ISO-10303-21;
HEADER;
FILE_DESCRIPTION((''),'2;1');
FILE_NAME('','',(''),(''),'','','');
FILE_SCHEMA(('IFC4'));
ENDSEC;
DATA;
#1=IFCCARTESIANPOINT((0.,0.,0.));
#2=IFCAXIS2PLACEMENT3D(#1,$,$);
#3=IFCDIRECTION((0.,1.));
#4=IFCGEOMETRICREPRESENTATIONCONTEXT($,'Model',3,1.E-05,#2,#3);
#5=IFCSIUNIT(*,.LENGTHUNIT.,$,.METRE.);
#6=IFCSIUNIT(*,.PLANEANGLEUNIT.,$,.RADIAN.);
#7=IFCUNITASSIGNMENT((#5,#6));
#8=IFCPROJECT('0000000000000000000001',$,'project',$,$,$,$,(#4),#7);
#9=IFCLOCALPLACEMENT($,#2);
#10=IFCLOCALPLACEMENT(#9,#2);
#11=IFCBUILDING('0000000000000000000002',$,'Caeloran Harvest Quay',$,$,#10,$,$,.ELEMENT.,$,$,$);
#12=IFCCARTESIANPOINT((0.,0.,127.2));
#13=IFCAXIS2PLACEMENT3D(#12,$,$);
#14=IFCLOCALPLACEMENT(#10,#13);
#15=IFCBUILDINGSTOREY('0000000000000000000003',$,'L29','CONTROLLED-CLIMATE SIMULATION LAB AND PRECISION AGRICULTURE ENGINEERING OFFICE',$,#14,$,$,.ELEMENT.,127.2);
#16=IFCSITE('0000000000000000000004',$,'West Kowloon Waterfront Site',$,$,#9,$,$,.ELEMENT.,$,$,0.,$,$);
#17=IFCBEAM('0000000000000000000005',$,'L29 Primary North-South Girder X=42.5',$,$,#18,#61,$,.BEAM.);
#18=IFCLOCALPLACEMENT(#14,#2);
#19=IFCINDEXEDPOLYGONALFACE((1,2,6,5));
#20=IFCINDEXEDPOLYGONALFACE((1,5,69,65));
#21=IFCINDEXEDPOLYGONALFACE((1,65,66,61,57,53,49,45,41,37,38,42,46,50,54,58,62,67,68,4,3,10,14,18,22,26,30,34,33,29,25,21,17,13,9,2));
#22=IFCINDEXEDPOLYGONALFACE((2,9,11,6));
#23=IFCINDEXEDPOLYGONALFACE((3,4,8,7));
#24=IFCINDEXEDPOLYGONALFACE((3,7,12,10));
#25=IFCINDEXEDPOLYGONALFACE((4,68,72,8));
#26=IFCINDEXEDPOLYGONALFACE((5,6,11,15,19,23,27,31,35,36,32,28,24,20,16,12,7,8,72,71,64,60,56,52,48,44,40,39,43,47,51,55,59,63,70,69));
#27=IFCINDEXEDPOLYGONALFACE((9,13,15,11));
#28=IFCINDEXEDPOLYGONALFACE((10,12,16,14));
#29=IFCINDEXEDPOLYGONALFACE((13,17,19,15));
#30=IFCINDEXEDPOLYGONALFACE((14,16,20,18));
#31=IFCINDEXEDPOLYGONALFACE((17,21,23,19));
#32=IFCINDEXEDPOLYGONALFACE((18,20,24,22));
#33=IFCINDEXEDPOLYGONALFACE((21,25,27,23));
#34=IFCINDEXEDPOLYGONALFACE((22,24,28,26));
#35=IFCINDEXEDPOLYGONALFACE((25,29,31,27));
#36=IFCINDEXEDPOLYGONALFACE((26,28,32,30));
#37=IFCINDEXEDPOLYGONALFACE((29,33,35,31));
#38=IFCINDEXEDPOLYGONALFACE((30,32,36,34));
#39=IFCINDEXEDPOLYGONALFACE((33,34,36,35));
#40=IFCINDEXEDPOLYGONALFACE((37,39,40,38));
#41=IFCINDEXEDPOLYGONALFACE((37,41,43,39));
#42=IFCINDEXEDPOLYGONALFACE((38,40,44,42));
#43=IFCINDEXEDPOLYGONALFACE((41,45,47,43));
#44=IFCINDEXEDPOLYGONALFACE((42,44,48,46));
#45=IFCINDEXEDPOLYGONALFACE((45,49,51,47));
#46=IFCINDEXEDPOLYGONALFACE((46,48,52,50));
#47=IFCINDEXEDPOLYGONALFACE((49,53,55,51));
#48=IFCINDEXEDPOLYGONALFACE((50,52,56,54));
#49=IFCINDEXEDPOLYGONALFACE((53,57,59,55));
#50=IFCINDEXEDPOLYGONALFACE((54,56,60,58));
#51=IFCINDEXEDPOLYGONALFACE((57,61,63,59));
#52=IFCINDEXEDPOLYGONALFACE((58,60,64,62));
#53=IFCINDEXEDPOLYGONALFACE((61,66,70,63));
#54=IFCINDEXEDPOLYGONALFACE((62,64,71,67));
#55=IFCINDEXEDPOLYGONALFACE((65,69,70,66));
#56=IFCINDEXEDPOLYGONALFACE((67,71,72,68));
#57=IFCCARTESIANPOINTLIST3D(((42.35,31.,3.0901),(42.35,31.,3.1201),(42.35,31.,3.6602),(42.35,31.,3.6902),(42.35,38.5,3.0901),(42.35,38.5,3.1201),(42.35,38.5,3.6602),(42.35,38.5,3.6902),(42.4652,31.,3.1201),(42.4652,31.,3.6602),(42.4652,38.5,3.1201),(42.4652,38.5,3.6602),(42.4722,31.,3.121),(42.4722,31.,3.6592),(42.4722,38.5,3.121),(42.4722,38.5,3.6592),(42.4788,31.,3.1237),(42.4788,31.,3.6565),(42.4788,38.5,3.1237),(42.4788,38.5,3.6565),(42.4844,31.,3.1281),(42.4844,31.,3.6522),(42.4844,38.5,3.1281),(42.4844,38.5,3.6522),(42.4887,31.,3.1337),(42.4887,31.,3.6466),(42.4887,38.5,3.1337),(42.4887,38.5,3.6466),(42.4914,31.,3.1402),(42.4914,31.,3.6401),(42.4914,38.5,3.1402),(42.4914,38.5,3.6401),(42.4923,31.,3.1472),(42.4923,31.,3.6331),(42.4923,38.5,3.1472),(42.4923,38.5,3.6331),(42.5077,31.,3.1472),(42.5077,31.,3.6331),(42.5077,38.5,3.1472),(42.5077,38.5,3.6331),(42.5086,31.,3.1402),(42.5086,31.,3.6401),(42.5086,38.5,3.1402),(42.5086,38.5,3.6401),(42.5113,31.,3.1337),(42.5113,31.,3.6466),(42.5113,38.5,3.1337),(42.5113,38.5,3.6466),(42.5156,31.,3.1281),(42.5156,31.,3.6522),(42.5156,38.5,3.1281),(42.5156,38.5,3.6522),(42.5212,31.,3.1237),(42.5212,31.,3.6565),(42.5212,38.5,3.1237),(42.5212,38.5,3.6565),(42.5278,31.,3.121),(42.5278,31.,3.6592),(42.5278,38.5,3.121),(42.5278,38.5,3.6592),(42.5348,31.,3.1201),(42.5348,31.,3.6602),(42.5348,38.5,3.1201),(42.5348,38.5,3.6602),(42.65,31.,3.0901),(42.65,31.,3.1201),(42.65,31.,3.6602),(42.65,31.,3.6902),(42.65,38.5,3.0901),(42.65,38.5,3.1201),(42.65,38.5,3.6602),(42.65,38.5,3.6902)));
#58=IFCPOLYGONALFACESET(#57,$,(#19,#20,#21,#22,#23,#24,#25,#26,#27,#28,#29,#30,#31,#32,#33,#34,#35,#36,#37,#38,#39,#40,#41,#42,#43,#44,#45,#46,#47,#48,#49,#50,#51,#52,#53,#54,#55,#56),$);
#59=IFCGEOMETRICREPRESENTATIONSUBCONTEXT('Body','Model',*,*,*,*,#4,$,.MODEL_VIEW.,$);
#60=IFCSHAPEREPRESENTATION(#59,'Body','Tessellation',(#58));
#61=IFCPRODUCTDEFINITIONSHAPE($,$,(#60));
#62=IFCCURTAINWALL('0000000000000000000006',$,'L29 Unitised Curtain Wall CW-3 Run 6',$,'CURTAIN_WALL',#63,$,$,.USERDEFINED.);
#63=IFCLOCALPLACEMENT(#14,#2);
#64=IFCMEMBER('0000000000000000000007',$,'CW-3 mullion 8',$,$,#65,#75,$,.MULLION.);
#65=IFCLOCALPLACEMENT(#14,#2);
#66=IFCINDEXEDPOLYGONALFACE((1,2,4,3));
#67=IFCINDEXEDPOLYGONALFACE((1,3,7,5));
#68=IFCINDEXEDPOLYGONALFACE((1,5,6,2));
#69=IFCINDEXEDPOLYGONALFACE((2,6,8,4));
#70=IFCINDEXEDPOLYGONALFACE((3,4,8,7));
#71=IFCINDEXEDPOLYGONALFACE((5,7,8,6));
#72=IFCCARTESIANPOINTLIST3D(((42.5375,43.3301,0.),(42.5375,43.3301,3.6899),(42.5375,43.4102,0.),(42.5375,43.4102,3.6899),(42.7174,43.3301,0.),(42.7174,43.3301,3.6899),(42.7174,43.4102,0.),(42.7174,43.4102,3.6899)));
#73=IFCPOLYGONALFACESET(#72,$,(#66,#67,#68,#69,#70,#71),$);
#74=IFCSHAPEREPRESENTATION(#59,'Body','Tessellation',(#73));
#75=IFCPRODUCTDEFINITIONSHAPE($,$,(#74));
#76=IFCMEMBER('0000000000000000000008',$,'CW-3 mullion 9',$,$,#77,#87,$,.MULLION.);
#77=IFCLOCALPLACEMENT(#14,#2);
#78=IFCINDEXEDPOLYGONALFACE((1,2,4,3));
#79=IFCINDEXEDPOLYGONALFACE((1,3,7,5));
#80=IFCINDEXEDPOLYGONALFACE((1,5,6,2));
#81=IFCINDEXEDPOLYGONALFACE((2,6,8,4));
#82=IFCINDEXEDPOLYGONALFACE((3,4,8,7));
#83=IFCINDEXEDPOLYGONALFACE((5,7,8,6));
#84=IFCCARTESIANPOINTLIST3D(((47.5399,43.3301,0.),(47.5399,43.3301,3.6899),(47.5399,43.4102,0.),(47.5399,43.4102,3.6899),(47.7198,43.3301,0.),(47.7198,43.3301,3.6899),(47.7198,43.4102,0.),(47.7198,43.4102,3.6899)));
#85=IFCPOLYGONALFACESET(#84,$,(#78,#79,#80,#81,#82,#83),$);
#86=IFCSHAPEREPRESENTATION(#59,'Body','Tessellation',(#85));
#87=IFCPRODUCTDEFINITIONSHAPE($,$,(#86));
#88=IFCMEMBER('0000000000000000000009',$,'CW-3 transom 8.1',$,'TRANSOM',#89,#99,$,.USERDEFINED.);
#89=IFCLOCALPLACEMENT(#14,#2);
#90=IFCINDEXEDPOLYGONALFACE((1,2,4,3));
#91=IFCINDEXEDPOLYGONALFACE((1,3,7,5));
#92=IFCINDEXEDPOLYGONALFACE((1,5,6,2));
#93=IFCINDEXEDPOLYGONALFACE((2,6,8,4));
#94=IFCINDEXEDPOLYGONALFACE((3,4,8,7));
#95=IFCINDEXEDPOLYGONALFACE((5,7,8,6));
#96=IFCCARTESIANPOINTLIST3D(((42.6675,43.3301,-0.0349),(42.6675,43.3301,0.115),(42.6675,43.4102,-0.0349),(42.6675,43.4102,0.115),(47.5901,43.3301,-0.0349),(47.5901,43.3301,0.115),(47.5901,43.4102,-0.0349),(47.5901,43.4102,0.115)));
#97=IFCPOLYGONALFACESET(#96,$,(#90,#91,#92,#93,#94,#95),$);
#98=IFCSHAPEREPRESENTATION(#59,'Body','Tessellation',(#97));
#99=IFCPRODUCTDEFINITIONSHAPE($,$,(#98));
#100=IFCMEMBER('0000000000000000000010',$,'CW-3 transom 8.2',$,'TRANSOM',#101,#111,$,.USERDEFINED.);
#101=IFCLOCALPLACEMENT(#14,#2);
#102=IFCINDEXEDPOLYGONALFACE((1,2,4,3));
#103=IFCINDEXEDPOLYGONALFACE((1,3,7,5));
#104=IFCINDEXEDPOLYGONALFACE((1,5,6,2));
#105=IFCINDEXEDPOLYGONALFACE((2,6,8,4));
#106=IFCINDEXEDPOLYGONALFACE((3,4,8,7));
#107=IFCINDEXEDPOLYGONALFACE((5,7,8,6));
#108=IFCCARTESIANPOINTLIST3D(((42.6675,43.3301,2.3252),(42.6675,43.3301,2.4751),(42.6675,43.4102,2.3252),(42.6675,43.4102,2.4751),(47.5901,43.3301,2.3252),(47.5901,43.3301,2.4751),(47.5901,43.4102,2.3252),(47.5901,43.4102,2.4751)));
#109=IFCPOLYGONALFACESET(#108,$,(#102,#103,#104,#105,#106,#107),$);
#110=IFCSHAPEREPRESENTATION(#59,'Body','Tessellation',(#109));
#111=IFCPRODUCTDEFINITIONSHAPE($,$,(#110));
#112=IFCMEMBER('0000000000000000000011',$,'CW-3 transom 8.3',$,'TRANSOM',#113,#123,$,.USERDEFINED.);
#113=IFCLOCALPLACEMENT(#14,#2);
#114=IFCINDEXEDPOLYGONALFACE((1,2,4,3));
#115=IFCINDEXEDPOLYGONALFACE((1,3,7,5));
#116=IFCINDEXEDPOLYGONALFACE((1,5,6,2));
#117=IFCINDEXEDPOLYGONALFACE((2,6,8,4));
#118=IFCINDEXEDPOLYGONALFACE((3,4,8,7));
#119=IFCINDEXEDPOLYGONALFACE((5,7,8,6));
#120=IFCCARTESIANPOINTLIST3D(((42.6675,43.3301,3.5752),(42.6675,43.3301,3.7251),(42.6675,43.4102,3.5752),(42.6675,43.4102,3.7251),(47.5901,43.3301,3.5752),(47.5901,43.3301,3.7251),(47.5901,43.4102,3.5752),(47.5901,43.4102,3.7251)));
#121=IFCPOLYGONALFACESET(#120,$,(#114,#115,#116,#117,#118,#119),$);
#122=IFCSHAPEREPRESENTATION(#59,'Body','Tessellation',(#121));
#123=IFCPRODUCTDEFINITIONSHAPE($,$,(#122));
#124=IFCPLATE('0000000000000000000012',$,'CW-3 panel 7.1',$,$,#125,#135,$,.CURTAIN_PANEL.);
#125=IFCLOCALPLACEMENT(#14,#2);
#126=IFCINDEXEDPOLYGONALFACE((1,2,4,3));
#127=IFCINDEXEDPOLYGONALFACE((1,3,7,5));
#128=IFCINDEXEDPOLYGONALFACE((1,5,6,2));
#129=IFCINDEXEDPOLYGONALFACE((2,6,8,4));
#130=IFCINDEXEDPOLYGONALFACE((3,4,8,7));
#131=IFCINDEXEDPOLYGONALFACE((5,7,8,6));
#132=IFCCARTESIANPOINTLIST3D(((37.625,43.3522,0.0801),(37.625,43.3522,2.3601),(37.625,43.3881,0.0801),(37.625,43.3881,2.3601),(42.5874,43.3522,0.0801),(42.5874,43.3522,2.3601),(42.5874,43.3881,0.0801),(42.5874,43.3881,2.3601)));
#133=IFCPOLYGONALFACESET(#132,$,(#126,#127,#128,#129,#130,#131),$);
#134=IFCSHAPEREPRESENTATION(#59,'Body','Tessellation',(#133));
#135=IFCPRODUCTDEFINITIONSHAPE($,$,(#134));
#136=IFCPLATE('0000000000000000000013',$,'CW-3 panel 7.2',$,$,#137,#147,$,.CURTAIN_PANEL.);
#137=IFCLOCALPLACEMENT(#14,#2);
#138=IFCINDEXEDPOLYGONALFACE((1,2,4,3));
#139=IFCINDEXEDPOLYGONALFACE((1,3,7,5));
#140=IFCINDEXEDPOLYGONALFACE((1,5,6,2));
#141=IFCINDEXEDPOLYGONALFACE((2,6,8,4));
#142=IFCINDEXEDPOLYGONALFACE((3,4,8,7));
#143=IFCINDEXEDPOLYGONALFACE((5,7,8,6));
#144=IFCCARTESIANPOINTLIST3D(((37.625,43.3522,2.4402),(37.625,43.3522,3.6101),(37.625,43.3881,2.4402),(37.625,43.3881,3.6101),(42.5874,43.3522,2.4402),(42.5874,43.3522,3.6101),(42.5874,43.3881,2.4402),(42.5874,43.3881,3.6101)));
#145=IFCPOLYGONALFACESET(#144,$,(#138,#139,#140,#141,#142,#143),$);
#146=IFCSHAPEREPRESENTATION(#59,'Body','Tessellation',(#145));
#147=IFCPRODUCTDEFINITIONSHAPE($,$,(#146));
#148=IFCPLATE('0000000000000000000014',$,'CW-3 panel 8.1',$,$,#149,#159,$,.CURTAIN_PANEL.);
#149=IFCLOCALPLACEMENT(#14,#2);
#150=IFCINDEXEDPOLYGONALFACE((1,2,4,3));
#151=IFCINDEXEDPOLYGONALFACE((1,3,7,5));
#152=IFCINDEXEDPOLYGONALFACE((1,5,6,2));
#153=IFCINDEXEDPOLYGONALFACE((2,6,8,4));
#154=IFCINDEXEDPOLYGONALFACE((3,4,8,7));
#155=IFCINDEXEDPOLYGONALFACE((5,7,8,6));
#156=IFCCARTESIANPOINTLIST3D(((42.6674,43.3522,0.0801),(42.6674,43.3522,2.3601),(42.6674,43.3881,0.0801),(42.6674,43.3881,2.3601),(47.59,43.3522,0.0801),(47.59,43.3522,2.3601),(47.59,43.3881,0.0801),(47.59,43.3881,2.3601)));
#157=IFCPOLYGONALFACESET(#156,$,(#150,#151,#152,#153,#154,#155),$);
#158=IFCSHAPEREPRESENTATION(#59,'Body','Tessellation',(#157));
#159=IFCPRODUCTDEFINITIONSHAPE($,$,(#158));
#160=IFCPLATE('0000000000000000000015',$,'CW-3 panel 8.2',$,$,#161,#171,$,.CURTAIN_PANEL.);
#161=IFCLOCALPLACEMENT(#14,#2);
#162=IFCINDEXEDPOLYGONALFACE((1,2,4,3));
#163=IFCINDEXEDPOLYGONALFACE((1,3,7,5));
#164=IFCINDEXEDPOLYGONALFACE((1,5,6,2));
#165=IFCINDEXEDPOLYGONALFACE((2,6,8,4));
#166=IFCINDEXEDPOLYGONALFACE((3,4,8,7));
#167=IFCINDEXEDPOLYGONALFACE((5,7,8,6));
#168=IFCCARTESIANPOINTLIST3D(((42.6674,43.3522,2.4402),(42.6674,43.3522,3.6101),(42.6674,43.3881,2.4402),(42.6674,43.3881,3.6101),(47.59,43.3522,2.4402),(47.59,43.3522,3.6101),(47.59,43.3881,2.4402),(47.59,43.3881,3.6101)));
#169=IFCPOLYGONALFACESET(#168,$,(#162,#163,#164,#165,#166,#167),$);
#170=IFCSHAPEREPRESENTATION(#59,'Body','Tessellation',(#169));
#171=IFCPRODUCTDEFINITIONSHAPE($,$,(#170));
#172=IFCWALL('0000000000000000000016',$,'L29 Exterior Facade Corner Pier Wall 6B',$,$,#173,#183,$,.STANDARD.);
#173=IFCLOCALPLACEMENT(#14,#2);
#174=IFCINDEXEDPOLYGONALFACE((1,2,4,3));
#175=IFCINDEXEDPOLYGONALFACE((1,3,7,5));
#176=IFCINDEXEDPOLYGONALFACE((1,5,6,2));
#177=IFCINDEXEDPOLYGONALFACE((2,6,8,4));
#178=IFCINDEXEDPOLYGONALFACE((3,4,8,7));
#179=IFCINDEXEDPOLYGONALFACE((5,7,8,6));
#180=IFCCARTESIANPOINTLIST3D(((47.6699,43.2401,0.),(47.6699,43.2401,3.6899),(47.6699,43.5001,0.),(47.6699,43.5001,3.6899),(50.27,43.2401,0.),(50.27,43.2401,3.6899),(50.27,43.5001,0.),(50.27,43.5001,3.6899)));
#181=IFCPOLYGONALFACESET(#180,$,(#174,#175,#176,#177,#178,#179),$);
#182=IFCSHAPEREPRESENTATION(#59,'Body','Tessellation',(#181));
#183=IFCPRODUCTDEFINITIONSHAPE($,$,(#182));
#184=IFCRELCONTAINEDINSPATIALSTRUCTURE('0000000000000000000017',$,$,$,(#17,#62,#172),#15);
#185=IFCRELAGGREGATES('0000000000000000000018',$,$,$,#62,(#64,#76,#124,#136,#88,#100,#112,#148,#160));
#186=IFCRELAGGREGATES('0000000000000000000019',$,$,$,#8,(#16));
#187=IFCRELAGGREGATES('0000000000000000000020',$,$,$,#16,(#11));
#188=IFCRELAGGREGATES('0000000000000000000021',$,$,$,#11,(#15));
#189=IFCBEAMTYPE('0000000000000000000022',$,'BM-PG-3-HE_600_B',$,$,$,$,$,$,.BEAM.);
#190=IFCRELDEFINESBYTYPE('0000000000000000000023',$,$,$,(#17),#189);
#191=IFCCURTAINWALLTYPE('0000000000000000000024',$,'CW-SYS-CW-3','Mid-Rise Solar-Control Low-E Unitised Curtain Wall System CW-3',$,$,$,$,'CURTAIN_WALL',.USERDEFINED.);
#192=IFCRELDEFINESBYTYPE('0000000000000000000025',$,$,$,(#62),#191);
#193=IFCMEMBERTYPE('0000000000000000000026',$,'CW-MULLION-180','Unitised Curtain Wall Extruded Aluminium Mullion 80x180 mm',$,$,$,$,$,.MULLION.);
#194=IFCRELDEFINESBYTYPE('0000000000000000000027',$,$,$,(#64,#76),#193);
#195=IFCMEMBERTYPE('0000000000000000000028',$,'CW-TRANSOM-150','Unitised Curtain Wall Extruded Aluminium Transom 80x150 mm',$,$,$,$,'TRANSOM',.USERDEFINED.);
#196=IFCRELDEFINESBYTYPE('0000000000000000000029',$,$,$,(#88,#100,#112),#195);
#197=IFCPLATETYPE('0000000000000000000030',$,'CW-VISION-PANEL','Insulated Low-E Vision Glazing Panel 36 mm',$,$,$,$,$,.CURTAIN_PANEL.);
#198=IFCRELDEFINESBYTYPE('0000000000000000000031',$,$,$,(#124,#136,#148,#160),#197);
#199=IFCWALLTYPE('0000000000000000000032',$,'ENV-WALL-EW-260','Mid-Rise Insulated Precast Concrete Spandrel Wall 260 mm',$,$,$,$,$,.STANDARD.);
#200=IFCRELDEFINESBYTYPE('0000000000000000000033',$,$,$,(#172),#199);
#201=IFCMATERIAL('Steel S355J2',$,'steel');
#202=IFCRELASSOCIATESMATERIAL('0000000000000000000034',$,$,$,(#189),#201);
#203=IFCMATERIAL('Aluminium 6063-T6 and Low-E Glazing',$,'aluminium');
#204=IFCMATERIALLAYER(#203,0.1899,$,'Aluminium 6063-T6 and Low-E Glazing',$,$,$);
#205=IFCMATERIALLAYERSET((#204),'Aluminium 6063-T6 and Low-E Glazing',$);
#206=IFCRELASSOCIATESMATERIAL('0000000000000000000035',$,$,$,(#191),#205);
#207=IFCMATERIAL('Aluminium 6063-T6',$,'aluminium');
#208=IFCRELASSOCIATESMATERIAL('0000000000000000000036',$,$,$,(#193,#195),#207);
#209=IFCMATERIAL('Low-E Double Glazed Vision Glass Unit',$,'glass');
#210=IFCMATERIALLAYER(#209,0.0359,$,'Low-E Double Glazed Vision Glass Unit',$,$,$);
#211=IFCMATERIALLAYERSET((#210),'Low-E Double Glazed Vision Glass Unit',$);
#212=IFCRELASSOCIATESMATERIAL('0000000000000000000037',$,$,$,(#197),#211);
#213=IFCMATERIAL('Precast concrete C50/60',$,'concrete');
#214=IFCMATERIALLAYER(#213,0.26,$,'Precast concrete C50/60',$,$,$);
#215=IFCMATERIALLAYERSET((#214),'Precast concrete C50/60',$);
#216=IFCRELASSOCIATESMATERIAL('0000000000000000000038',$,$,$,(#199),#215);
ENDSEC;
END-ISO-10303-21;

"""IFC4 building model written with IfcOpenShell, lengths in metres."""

from ifc_helpers import new_model, si_unit, direction, frame, frame_2d, origin, origin_2d, place, context, subcontext, project, spatial, rectangle, i_section, extrude, material, layer, layer_set, material_profile, profile_set, type_object, element, aggregate, save


model = new_model("IFC4")

# Units and contexts
model_context = context("Model", 3, precision=1e-05, world=origin(), true_north=direction((0.0, 1.0)))
body_context = subcontext(model_context, "Body", "Model", "MODEL_VIEW")
ifc_project = project(units=[si_unit("LENGTHUNIT", "METRE"), si_unit("PLANEANGLEUNIT", "RADIAN")], contexts=[model_context])

# Site, building, storey
site_placement = place(None, origin())
site = spatial("IfcSite", under=ifc_project, at=site_placement, Name="West Kowloon Waterfront Site", CompositionType="ELEMENT", RefElevation=0.0)
building_placement = place(site_placement, origin())
building = spatial("IfcBuilding", under=site, at=building_placement, Name="Caeloran Harvest Quay", CompositionType="ELEMENT")
storey_placement = place(building_placement, frame((0.0, 0.0, 127.2)))
storey = spatial("IfcBuildingStorey", under=building, at=storey_placement, Name="L29", Description="CONTROLLED-CLIMATE SIMULATION LAB AND PRECISION AGRICULTURE ENGINEERING OFFICE", CompositionType="ELEMENT", Elevation=127.2)

# Beam
ifc_material_1 = material(Name="Steel S355J2", Category="steel")
ifc_material_profile_1 = material_profile(ifc_material_1, i_section(OverallWidth=0.3, OverallDepth=0.6001, WebThickness=0.0154, FlangeThickness=0.03, FilletRadius=0.0271, at=origin_2d()), Name="HE 600 B")
ifc_profile_set_1 = profile_set([ifc_material_profile_1], Name="Steel S355J2")
beam_type = type_object("IfcBeamType", Name="BM-PG-3-HE_600_B", PredefinedType="BEAM", material=ifc_profile_set_1)
beam_1_placement = place(storey_placement, frame((42.5, 31.0, 3.3901), z_axis=(0.0, 1.0, 0.0), x_axis=(-1.0, 0.0, 0.0)))
element("IfcBeam", 1, at=beam_1_placement, inside=storey, type_object=beam_type, Name="L29 Primary North-South Girder X=42.5", PredefinedType="BEAM", context=body_context, shape_type="SweptSolid", body=[
    extrude(i_section(OverallWidth=0.3, OverallDepth=0.6001, WebThickness=0.0154, FlangeThickness=0.03, FilletRadius=0.0271, at=origin_2d()), origin(), (0.0, 0.0, 1.0), 7.5),
])

# Curtain wall, members, plates
ifc_material_2 = material(Name="Aluminium 6063-T6 and Low-E Glazing", Category="aluminium")
ifc_layer_1 = layer(ifc_material_2, 0.1899, Name="Aluminium 6063-T6 and Low-E Glazing")
ifc_layer_set_1 = layer_set([ifc_layer_1], Name="Aluminium 6063-T6 and Low-E Glazing")
curtain_wall_type = type_object("IfcCurtainWallType", Name="CW-SYS-CW-3", Description="Mid-Rise Solar-Control Low-E Unitised Curtain Wall System CW-3", ElementType="CURTAIN_WALL", PredefinedType="USERDEFINED", material=ifc_layer_set_1)
curtain_wall_placement = place(storey_placement, origin())
curtain_wall = element("IfcCurtainWall", 2, at=curtain_wall_placement, inside=storey, type_object=curtain_wall_type, Name="L29 Unitised Curtain Wall CW-3 Run 6", ObjectType="CURTAIN_WALL", PredefinedType="USERDEFINED")
ifc_material_3 = material(Name="Aluminium 6063-T6", Category="aluminium")
ifc_material_profile_2 = material_profile(ifc_material_3, rectangle(XDim=0.0801, YDim=0.1799, at=origin_2d()), Name="CW-MULLION-180")
ifc_profile_set_2 = profile_set([ifc_material_profile_2], Name="Aluminium 6063-T6")
member_type_1 = type_object("IfcMemberType", Name="CW-MULLION-180", Description="Unitised Curtain Wall Extruded Aluminium Mullion 80x180 mm", PredefinedType="MULLION", material=ifc_profile_set_2)
member_1_placement = place(storey_placement, frame((42.6274, 43.3701, 0.0), z_axis=(0.0, 0.0, 1.0), x_axis=(0.0, 1.0, 0.0)))
member_1 = element("IfcMember", 3, at=member_1_placement, type_object=member_type_1, Name="CW-3 mullion 8", PredefinedType="MULLION", context=body_context, shape_type="SweptSolid", body=[
    extrude(rectangle(XDim=0.0801, YDim=0.1799, at=origin_2d()), origin(), (0.0, 0.0, 1.0), 3.6899),
])
member_2_placement = place(storey_placement, frame((47.6299, 43.3701, 0.0), z_axis=(0.0, 0.0, 1.0), x_axis=(0.0, 1.0, 0.0)))
member_2 = element("IfcMember", 4, at=member_2_placement, type_object=member_type_1, Name="CW-3 mullion 9", PredefinedType="MULLION", context=body_context, shape_type="SweptSolid", body=[
    extrude(rectangle(XDim=0.0801, YDim=0.1799, at=origin_2d()), origin(), (0.0, 0.0, 1.0), 3.6899),
])
ifc_material_profile_3 = material_profile(ifc_material_3, rectangle(XDim=0.0801, YDim=0.1499, at=origin_2d()), Name="CW-TRANSOM-150")
ifc_profile_set_3 = profile_set([ifc_material_profile_3], Name="Aluminium 6063-T6")
member_type_2 = type_object("IfcMemberType", Name="CW-TRANSOM-150", Description="Unitised Curtain Wall Extruded Aluminium Transom 80x150 mm", ElementType="TRANSOM", PredefinedType="USERDEFINED", material=ifc_profile_set_3)
member_3_placement = place(storey_placement, frame((42.6675, 43.3701, 0.04), z_axis=(1.0, 0.0, 0.0), x_axis=(0.0, 1.0, 0.0)))
member_3 = element("IfcMember", 5, at=member_3_placement, type_object=member_type_2, Name="CW-3 transom 8.1", ObjectType="TRANSOM", PredefinedType="USERDEFINED", context=body_context, shape_type="SweptSolid", body=[
    extrude(rectangle(XDim=0.0801, YDim=0.1499, at=origin_2d()), origin(), (0.0, 0.0, 1.0), 4.9226),
])
member_4_placement = place(storey_placement, frame((42.6675, 43.3701, 2.4001), z_axis=(1.0, 0.0, 0.0), x_axis=(0.0, 1.0, 0.0)))
member_4 = element("IfcMember", 6, at=member_4_placement, type_object=member_type_2, Name="CW-3 transom 8.2", ObjectType="TRANSOM", PredefinedType="USERDEFINED", context=body_context, shape_type="SweptSolid", body=[
    extrude(rectangle(XDim=0.0801, YDim=0.1499, at=origin_2d()), origin(), (0.0, 0.0, 1.0), 4.9226),
])
member_5_placement = place(storey_placement, frame((42.6675, 43.3701, 3.6501), z_axis=(1.0, 0.0, 0.0), x_axis=(0.0, 1.0, 0.0)))
member_5 = element("IfcMember", 7, at=member_5_placement, type_object=member_type_2, Name="CW-3 transom 8.3", ObjectType="TRANSOM", PredefinedType="USERDEFINED", context=body_context, shape_type="SweptSolid", body=[
    extrude(rectangle(XDim=0.0801, YDim=0.1499, at=origin_2d()), origin(), (0.0, 0.0, 1.0), 4.9226),
])
ifc_material_4 = material(Name="Low-E Double Glazed Vision Glass Unit", Category="glass")
ifc_layer_2 = layer(ifc_material_4, 0.0359, Name="Low-E Double Glazed Vision Glass Unit")
ifc_layer_set_2 = layer_set([ifc_layer_2], Name="Low-E Double Glazed Vision Glass Unit")
plate_type = type_object("IfcPlateType", Name="CW-VISION-PANEL", Description="Insulated Low-E Vision Glazing Panel 36 mm", PredefinedType="CURTAIN_PANEL", material=ifc_layer_set_2)
plate_1_placement = place(storey_placement, frame((40.1062, 43.3701, 0.0801), z_axis=(0.0, 0.0, 1.0), x_axis=(1.0, 0.0, 0.0)))
plate_1 = element("IfcPlate", 8, at=plate_1_placement, type_object=plate_type, Name="CW-3 panel 7.1", PredefinedType="CURTAIN_PANEL", context=body_context, shape_type="SweptSolid", body=[
    extrude(rectangle(XDim=4.9624, YDim=0.0359, at=origin_2d()), origin(), (0.0, 0.0, 1.0), 2.28),
])
plate_2_placement = place(storey_placement, frame((40.1062, 43.3701, 2.4402), z_axis=(0.0, 0.0, 1.0), x_axis=(1.0, 0.0, 0.0)))
plate_2 = element("IfcPlate", 9, at=plate_2_placement, type_object=plate_type, Name="CW-3 panel 7.2", PredefinedType="CURTAIN_PANEL", context=body_context, shape_type="SweptSolid", body=[
    extrude(rectangle(XDim=4.9624, YDim=0.0359, at=origin_2d()), origin(), (0.0, 0.0, 1.0), 1.1699),
])
plate_3_placement = place(storey_placement, frame((45.1287, 43.3701, 0.0801), z_axis=(0.0, 0.0, 1.0), x_axis=(1.0, 0.0, 0.0)))
plate_3 = element("IfcPlate", 10, at=plate_3_placement, type_object=plate_type, Name="CW-3 panel 8.1", PredefinedType="CURTAIN_PANEL", context=body_context, shape_type="SweptSolid", body=[
    extrude(rectangle(XDim=4.9226, YDim=0.0359, at=origin_2d()), origin(), (0.0, 0.0, 1.0), 2.28),
])
plate_4_placement = place(storey_placement, frame((45.1287, 43.3701, 2.4402), z_axis=(0.0, 0.0, 1.0), x_axis=(1.0, 0.0, 0.0)))
plate_4 = element("IfcPlate", 11, at=plate_4_placement, type_object=plate_type, Name="CW-3 panel 8.2", PredefinedType="CURTAIN_PANEL", context=body_context, shape_type="SweptSolid", body=[
    extrude(rectangle(XDim=4.9226, YDim=0.0359, at=origin_2d()), origin(), (0.0, 0.0, 1.0), 1.1699),
])
aggregate(curtain_wall, [member_1, member_2, plate_1, plate_2, member_3, member_4, member_5, plate_3, plate_4])

# Wall
ifc_material_5 = material(Name="Precast concrete C50/60", Category="concrete")
ifc_layer_3 = layer(ifc_material_5, 0.26, Name="Precast concrete C50/60")
ifc_layer_set_3 = layer_set([ifc_layer_3], Name="Precast concrete C50/60")
wall_type_1 = type_object("IfcWallType", Name="ENV-WALL-EW-260", Description="Mid-Rise Insulated Precast Concrete Spandrel Wall 260 mm", PredefinedType="STANDARD", material=ifc_layer_set_3)
wall_1_placement = place(storey_placement, frame((47.6699, 43.3701, 0.0), z_axis=(0.0, 0.0, 1.0), x_axis=(1.0, 0.0, 0.0)))
element("IfcWall", 12, at=wall_1_placement, inside=storey, type_object=wall_type_1, Name="L29 Exterior Facade Corner Pier Wall 6B", PredefinedType="STANDARD", context=body_context, shape_type="SweptSolid", body=[
    extrude(rectangle(XDim=2.6001, YDim=0.26, at=frame_2d((1.3, 0.0))), origin(), (0.0, 0.0, 1.0), 3.6899),
])

save(model, "model.ifc")
